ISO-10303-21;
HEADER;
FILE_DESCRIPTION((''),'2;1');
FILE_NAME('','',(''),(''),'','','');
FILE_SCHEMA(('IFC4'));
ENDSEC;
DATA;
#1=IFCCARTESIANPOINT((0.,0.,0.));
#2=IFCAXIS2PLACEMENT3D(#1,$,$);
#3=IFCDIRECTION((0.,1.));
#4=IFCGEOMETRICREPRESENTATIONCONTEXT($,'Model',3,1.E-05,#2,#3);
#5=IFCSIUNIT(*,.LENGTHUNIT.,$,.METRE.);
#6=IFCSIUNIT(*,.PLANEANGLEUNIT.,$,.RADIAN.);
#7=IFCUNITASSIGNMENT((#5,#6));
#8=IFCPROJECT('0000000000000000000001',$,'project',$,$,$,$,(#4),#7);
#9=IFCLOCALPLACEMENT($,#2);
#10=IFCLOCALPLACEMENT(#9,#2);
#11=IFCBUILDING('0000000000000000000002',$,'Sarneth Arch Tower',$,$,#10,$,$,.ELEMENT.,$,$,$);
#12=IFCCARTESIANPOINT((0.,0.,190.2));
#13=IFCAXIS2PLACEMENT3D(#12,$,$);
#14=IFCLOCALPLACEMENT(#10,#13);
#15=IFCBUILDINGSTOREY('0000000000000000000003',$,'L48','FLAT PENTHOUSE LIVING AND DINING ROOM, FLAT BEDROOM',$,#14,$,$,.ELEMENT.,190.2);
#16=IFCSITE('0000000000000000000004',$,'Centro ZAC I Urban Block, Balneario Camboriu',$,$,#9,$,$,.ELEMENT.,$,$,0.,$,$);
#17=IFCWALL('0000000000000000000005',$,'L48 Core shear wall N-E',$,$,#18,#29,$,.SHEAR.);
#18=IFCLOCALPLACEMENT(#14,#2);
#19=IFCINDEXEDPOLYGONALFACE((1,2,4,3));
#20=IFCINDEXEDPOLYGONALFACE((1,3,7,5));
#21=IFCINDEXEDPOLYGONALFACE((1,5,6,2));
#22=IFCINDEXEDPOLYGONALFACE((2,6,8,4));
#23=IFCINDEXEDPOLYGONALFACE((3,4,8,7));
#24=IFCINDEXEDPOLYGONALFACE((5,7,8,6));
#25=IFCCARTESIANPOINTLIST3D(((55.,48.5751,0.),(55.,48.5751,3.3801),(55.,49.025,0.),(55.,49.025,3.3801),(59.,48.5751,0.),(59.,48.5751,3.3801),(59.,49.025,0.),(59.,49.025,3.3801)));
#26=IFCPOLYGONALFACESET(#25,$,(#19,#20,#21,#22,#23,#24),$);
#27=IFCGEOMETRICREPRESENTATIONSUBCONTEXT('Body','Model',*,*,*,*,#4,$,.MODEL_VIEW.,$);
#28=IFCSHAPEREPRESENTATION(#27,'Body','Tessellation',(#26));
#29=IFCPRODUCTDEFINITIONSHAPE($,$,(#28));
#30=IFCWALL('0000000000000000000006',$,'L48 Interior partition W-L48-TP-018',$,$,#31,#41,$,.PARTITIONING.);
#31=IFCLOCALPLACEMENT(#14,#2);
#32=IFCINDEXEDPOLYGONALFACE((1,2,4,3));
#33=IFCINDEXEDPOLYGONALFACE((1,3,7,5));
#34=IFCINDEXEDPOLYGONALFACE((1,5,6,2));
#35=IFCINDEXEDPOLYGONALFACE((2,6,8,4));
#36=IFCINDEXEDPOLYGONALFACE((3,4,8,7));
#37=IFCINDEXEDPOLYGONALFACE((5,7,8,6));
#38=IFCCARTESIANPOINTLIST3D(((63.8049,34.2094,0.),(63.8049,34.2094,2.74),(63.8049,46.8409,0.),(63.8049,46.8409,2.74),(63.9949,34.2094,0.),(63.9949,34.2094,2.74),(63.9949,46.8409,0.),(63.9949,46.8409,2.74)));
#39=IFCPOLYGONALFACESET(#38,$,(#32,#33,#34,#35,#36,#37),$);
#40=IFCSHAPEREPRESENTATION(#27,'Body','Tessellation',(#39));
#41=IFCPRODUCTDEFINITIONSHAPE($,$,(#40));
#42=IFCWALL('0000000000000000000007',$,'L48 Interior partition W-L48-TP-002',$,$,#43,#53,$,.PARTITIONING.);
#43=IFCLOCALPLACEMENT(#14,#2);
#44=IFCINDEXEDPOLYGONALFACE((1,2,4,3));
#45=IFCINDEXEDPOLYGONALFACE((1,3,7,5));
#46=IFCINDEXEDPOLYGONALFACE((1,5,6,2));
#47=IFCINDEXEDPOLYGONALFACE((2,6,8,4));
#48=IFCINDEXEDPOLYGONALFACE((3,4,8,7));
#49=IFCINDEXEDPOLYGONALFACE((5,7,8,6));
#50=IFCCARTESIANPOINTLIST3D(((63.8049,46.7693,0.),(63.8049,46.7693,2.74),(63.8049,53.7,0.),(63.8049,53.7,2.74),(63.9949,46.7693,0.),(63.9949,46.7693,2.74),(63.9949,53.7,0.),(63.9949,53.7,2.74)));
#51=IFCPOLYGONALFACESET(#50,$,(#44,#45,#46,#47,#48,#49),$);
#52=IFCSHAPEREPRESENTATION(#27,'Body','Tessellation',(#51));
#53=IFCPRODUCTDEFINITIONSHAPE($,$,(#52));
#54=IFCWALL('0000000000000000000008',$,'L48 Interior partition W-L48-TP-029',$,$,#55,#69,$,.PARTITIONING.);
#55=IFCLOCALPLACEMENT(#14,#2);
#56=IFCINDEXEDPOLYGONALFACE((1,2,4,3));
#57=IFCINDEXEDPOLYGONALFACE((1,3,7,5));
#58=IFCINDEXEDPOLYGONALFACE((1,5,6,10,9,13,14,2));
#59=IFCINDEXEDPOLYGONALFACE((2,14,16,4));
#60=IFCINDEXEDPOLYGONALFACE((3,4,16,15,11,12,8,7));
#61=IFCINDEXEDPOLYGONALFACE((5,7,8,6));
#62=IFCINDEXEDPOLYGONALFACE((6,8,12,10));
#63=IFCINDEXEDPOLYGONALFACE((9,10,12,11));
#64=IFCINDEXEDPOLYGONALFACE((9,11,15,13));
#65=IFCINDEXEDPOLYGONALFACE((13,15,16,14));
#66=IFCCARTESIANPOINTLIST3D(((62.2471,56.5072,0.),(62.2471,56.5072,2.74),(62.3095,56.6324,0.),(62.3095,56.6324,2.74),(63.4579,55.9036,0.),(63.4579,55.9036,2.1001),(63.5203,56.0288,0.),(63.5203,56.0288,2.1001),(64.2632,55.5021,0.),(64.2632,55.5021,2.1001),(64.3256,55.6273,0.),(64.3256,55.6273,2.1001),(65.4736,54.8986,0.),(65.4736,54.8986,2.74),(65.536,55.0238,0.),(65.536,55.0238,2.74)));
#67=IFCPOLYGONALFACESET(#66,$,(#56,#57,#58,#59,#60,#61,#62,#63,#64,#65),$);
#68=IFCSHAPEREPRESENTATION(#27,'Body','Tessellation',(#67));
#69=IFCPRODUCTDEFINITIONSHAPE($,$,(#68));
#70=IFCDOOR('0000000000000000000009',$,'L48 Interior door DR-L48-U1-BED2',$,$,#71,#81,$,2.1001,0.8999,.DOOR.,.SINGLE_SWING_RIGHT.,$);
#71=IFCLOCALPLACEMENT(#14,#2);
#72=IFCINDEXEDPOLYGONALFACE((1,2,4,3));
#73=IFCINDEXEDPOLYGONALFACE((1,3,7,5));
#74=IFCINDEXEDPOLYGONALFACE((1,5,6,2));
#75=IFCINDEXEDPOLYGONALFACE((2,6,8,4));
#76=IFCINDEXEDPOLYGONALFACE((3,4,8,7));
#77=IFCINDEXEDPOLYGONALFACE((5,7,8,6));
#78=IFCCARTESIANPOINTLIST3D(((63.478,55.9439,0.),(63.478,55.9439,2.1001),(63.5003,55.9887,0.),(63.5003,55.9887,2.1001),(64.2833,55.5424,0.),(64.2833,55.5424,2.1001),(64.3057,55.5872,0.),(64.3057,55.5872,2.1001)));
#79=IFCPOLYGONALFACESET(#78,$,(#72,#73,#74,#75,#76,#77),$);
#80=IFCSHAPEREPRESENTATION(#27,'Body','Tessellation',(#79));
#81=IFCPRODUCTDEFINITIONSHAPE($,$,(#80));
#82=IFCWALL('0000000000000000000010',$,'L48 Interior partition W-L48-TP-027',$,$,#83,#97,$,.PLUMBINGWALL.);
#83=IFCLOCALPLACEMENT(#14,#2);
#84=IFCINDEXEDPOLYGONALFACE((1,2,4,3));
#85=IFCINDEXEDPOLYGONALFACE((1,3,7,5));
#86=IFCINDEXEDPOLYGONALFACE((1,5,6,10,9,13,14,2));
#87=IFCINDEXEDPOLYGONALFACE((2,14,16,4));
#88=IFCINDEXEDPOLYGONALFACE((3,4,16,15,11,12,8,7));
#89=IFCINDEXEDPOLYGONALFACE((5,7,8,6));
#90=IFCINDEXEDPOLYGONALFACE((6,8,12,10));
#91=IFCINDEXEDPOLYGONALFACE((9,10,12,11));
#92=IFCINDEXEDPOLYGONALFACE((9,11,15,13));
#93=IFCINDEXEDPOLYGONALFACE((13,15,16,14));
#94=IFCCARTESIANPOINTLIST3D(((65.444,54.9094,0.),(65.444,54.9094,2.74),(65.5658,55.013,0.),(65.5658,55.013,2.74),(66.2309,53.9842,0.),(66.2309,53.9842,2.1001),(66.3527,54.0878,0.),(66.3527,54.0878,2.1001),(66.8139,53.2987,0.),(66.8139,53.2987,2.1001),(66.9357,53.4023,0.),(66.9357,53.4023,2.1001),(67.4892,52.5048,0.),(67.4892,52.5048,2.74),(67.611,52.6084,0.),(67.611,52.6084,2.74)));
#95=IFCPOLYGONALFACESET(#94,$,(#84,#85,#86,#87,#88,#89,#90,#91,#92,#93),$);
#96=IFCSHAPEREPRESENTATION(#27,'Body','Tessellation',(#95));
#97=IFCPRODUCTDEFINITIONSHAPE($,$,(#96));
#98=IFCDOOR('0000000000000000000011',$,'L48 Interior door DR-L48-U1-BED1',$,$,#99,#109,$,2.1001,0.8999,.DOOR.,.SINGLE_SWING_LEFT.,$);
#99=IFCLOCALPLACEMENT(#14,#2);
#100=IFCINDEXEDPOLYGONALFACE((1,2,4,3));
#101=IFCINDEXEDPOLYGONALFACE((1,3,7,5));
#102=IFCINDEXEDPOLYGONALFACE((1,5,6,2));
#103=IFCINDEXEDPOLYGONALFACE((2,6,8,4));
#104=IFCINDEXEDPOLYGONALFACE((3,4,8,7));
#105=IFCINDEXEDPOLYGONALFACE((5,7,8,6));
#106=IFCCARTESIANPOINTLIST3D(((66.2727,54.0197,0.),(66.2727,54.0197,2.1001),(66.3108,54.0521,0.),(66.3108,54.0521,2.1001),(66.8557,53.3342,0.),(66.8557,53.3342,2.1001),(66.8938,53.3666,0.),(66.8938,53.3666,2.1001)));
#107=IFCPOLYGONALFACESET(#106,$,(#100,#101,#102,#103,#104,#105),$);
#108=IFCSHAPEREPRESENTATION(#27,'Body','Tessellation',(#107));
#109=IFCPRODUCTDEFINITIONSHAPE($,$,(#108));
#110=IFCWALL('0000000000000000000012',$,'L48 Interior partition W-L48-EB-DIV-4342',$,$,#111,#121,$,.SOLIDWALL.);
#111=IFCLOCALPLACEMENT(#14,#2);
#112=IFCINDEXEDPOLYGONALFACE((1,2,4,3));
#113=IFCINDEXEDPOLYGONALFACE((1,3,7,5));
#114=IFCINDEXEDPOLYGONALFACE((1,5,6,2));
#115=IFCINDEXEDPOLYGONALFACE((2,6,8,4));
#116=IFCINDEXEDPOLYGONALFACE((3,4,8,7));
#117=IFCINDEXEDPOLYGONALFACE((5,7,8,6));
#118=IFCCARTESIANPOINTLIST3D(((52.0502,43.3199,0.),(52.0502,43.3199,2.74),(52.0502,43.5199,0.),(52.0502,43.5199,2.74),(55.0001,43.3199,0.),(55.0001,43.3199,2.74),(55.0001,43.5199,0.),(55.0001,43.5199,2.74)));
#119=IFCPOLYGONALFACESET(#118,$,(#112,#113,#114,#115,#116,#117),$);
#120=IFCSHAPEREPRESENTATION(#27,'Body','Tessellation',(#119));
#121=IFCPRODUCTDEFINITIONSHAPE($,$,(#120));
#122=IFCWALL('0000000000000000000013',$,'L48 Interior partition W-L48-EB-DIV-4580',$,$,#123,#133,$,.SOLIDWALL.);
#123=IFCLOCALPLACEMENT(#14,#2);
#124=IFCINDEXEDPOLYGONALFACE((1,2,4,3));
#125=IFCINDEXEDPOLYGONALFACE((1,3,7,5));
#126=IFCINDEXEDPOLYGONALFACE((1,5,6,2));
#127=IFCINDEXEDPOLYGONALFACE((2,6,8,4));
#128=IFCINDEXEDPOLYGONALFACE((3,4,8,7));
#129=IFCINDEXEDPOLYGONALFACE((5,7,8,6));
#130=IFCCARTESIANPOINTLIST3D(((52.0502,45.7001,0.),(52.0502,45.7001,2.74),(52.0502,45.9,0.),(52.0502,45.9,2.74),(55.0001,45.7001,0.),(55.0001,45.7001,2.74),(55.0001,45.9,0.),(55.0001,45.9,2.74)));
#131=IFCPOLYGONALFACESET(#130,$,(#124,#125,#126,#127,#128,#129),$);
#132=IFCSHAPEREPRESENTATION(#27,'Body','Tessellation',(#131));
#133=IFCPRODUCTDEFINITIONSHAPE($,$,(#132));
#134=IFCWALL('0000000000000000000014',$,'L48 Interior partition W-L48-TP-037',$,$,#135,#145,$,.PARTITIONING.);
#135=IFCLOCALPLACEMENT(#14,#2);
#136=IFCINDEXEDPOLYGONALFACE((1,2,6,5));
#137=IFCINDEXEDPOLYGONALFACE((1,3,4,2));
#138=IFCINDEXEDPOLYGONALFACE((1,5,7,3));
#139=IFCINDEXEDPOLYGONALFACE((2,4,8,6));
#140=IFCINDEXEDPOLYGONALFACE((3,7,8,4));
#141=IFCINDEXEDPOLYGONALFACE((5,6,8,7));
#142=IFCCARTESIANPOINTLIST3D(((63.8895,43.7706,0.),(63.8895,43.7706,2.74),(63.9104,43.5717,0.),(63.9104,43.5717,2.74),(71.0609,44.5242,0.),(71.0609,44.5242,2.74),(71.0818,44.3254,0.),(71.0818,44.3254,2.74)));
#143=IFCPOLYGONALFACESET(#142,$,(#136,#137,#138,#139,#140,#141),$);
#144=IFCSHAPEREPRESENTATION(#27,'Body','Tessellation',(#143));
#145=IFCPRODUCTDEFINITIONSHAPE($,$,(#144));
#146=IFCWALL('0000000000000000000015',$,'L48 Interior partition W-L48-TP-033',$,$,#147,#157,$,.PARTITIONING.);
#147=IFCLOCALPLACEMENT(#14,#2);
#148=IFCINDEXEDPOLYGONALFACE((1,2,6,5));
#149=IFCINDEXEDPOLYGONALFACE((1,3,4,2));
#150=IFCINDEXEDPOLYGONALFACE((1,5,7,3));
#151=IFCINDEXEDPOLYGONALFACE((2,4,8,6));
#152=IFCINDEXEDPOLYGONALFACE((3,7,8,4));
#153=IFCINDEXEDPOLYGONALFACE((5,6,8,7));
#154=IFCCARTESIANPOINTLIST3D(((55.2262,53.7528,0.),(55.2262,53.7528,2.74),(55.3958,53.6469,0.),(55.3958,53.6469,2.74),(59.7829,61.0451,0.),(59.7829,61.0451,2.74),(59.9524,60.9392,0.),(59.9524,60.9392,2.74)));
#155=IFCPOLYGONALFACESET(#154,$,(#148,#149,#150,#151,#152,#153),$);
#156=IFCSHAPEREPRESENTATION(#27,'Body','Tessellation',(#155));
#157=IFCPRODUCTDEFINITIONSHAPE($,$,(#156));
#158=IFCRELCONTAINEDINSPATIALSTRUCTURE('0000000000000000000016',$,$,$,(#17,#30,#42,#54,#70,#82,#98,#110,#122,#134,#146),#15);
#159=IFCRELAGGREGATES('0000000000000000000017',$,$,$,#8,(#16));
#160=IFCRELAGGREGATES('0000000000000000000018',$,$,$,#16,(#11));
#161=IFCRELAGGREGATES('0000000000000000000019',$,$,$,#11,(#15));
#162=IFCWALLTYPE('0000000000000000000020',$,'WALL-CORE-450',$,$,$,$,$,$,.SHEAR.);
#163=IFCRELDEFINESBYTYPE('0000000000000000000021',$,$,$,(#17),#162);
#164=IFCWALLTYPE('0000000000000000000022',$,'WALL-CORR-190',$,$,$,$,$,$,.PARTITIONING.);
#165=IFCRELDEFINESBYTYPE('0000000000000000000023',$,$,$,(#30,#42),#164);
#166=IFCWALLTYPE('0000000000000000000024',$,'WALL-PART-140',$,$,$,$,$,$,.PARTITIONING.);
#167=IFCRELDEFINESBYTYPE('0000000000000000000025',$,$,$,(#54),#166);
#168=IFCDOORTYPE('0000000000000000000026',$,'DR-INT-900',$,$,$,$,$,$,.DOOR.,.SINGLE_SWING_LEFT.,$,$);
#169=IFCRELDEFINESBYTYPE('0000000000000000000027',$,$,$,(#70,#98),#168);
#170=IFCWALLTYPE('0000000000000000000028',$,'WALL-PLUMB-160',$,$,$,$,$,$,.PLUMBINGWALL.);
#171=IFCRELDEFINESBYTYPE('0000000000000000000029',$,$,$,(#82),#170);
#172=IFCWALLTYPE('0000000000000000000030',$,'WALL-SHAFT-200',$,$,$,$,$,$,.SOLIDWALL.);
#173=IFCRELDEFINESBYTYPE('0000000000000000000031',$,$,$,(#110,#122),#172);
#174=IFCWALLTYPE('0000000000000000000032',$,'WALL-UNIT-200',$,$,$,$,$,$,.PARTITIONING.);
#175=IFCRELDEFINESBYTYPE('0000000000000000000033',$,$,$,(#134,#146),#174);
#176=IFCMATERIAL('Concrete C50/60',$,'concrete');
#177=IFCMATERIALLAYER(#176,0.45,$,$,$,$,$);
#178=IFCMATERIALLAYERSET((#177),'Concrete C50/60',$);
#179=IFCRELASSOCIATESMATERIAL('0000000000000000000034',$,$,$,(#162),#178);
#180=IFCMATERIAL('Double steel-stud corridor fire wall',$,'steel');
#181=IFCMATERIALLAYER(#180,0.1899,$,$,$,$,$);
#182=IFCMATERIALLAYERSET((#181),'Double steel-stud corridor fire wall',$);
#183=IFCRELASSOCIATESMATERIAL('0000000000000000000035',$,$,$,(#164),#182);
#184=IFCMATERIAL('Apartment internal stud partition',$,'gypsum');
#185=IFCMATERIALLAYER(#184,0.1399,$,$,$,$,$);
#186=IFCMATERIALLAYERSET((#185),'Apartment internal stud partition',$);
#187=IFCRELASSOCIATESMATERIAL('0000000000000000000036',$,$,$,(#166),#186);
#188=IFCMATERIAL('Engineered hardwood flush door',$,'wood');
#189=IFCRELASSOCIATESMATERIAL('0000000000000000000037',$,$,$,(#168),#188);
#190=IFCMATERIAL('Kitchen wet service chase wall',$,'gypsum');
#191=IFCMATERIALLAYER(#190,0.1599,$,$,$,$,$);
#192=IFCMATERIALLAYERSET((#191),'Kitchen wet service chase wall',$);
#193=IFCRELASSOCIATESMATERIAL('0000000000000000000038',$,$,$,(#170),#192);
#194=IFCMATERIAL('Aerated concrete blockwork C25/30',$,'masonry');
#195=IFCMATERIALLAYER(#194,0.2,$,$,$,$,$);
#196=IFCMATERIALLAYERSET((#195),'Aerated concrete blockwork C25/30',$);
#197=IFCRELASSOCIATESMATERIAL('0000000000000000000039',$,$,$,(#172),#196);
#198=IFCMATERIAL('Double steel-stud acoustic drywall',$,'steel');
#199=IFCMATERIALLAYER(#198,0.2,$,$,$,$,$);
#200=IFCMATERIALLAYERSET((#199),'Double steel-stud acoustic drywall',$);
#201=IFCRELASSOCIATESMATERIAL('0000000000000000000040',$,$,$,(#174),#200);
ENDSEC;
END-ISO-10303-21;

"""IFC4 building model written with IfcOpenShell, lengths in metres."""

from ifc_helpers import new_model, si_unit, direction, frame, frame_2d, origin, place, context, subcontext, project, spatial, rectangle, extrude, material, layer, layer_set, type_object, element, fill, save


model = new_model("IFC4")

# Units and contexts
model_context = context("Model", 3, precision=1e-05, world=origin(), true_north=direction((0.0, 1.0)))
body_context = subcontext(model_context, "Body", "Model", "MODEL_VIEW")
ifc_project = project(units=[si_unit("LENGTHUNIT", "METRE"), si_unit("PLANEANGLEUNIT", "RADIAN")], contexts=[model_context])

# Site, building, storey
site_placement = place(None, origin())
site = spatial("IfcSite", under=ifc_project, at=site_placement, Name="Centro ZAC I Urban Block, Balneario Camboriu", CompositionType="ELEMENT", RefElevation=0.0)
building_placement = place(site_placement, origin())
building = spatial("IfcBuilding", under=site, at=building_placement, Name="Sarneth Arch Tower", CompositionType="ELEMENT")
storey_placement = place(building_placement, frame((0.0, 0.0, 190.2)))
storey = spatial("IfcBuildingStorey", under=building, at=storey_placement, Name="L48", Description="FLAT PENTHOUSE LIVING AND DINING ROOM, FLAT BEDROOM", CompositionType="ELEMENT", Elevation=190.2)

# Walls
ifc_material_1 = material(Name="Concrete C50/60", Category="concrete")
ifc_layer_1 = layer(ifc_material_1, 0.45)
ifc_layer_set_1 = layer_set([ifc_layer_1], Name="Concrete C50/60")
wall_type_1 = type_object("IfcWallType", Name="WALL-CORE-450", PredefinedType="SHEAR", material=ifc_layer_set_1)
wall_1_placement = place(storey_placement, frame((55.0, 48.8, 0.0), z_axis=(0.0, 0.0, 1.0), x_axis=(1.0, 0.0, 0.0)))
element("IfcWall", 1, at=wall_1_placement, inside=storey, type_object=wall_type_1, Name="L48 Core shear wall N-E", PredefinedType="SHEAR", context=body_context, shape_type="SweptSolid", body=[
    extrude(rectangle(XDim=4.0, YDim=0.45, at=frame_2d((2.0, 0.0))), origin(), (0.0, 0.0, 1.0), 3.3801),
])
ifc_material_2 = material(Name="Double steel-stud corridor fire wall", Category="steel")
ifc_layer_2 = layer(ifc_material_2, 0.1899)
ifc_layer_set_2 = layer_set([ifc_layer_2], Name="Double steel-stud corridor fire wall")
wall_type_2 = type_object("IfcWallType", Name="WALL-CORR-190", PredefinedType="PARTITIONING", material=ifc_layer_set_2)
wall_2_placement = place(storey_placement, frame((63.8999, 46.8411, 0.0), z_axis=(0.0, 0.0, 1.0), x_axis=(0.0, -1.0, 0.0)))
element("IfcWall", 2, at=wall_2_placement, inside=storey, type_object=wall_type_2, Name="L48 Interior partition W-L48-TP-018", PredefinedType="PARTITIONING", context=body_context, shape_type="SweptSolid", body=[
    extrude(rectangle(XDim=12.6316, YDim=0.1899, at=frame_2d((6.3159, 0.0))), origin(), (0.0, 0.0, 1.0), 2.74),
])
wall_3_placement = place(storey_placement, frame((63.8999, 53.7, 0.0), z_axis=(0.0, 0.0, 1.0), x_axis=(0.0, -1.0, 0.0)))
element("IfcWall", 3, at=wall_3_placement, inside=storey, type_object=wall_type_2, Name="L48 Interior partition W-L48-TP-002", PredefinedType="PARTITIONING", context=body_context, shape_type="SweptSolid", body=[
    extrude(rectangle(XDim=6.9307, YDim=0.1899, at=frame_2d((3.4653, 0.0))), origin(), (0.0, 0.0, 1.0), 2.74),
])

# Walls, openings, doors
ifc_material_3 = material(Name="Apartment internal stud partition", Category="gypsum")
ifc_layer_3 = layer(ifc_material_3, 0.1399)
ifc_layer_set_3 = layer_set([ifc_layer_3], Name="Apartment internal stud partition")
wall_type_3 = type_object("IfcWallType", Name="WALL-PART-140", PredefinedType="PARTITIONING", material=ifc_layer_set_3)
wall_4_placement = place(storey_placement, frame((65.5049, 54.9612, 0.0), z_axis=(0.0, 0.0, 1.0), x_axis=(-0.894941, 0.446184, 0.0)))
wall_4 = element("IfcWall", 4, at=wall_4_placement, inside=storey, type_object=wall_type_3, Name="L48 Interior partition W-L48-TP-029", PredefinedType="PARTITIONING", context=body_context, shape_type="SweptSolid", body=[
    extrude(rectangle(XDim=3.6052, YDim=0.1399, at=frame_2d((1.8027, 0.0))), origin(), (0.0, 0.0, 1.0), 2.74),
])
opening_1_placement = place(wall_4_placement, frame((1.3525, 0.0, 0.0)))
opening_1 = element("IfcOpeningElement", 5, at=opening_1_placement, cuts=wall_4, PredefinedType="OPENING", context=body_context, shape_type="SweptSolid", body=[
    extrude(rectangle(XDim=0.8999, YDim=2.1001, at=frame_2d((0.45, 1.05))), frame((0.0, 0.0798, 0.0), z_axis=(0.0, -1.0, 0.0), x_axis=(1.0, 0.0, 0.0)), (0.0, 0.0, 1.0), 0.1599),
])
ifc_material_4 = material(Name="Engineered hardwood flush door", Category="wood")
door_type = type_object("IfcDoorType", Name="DR-INT-900", OperationType="SINGLE_SWING_LEFT", PredefinedType="DOOR", material=ifc_material_4)
door_1_placement = place(opening_1_placement, origin())
door_1 = element("IfcDoor", 6, at=door_1_placement, inside=storey, type_object=door_type, Name="L48 Interior door DR-L48-U1-BED2", OperationType="SINGLE_SWING_RIGHT", OverallHeight=2.1001, OverallWidth=0.8999, PredefinedType="DOOR", context=body_context, shape_type="SweptSolid", body=[
    extrude(rectangle(XDim=0.8999, YDim=2.1001, at=frame_2d((0.45, 1.05))), frame((0.0, 0.0249, 0.0), z_axis=(0.0, -1.0, 0.0), x_axis=(1.0, 0.0, 0.0)), (0.0, 0.0, 1.0), 0.05),
])
fill(opening_1, door_1)
ifc_material_5 = material(Name="Kitchen wet service chase wall", Category="gypsum")
ifc_layer_4 = layer(ifc_material_5, 0.1599)
ifc_layer_set_4 = layer_set([ifc_layer_4], Name="Kitchen wet service chase wall")
wall_type_4 = type_object("IfcWallType", Name="WALL-PLUMB-160", PredefinedType="PLUMBINGWALL", material=ifc_layer_set_4)
wall_5_placement = place(storey_placement, frame((65.5049, 54.9612, 0.0), z_axis=(0.0, 0.0, 1.0), x_axis=(0.647889, -0.761735, 0.0)))
wall_5 = element("IfcWall", 7, at=wall_5_placement, inside=storey, type_object=wall_type_4, Name="L48 Interior partition W-L48-TP-027", PredefinedType="PLUMBINGWALL", context=body_context, shape_type="SweptSolid", body=[
    extrude(rectangle(XDim=3.1567, YDim=0.1599, at=frame_2d((1.5784, 0.0))), origin(), (0.0, 0.0, 1.0), 2.74),
])
opening_2_placement = place(wall_5_placement, frame((1.2146, 0.0, 0.0)))
opening_2 = element("IfcOpeningElement", 8, at=opening_2_placement, cuts=wall_5, PredefinedType="OPENING", context=body_context, shape_type="SweptSolid", body=[
    extrude(rectangle(XDim=0.8999, YDim=2.1001, at=frame_2d((0.45, 1.05))), frame((0.0, 0.0898, 0.0), z_axis=(0.0, -1.0, 0.0), x_axis=(1.0, 0.0, 0.0)), (0.0, 0.0, 1.0), 0.1799),
])
door_2_placement = place(opening_2_placement, origin())
door_2 = element("IfcDoor", 9, at=door_2_placement, inside=storey, type_object=door_type, Name="L48 Interior door DR-L48-U1-BED1", OperationType="SINGLE_SWING_LEFT", OverallHeight=2.1001, OverallWidth=0.8999, PredefinedType="DOOR", context=body_context, shape_type="SweptSolid", body=[
    extrude(rectangle(XDim=0.8999, YDim=2.1001, at=frame_2d((0.45, 1.05))), frame((0.0, 0.0249, 0.0), z_axis=(0.0, -1.0, 0.0), x_axis=(1.0, 0.0, 0.0)), (0.0, 0.0, 1.0), 0.05),
])
fill(opening_2, door_2)

# Walls
ifc_material_6 = material(Name="Aerated concrete blockwork C25/30", Category="masonry")
ifc_layer_5 = layer(ifc_material_6, 0.2)
ifc_layer_set_5 = layer_set([ifc_layer_5], Name="Aerated concrete blockwork C25/30")
wall_type_5 = type_object("IfcWallType", Name="WALL-SHAFT-200", PredefinedType="SOLIDWALL", material=ifc_layer_set_5)
for number, where, z_axis, x_axis, name in (
    (10, (52.05, 43.4199, 0.0), (0.0, 0.0, 1.0), (1.0, 0.0, 0.0), "L48 Interior partition W-L48-EB-DIV-4342"),
    (11, (52.05, 45.8, 0.0), (0.0, 0.0, 1.0), (1.0, 0.0, 0.0), "L48 Interior partition W-L48-EB-DIV-4580"),
):
    element("IfcWall", number, at=place(storey_placement, frame(where, z_axis=z_axis, x_axis=x_axis)), inside=storey, type_object=wall_type_5, Name=name, PredefinedType="SOLIDWALL", context=body_context, shape_type="SweptSolid", body=[
        extrude(rectangle(XDim=2.95, YDim=0.2, at=frame_2d((1.4751, 0.0))), origin(), (0.0, 0.0, 1.0), 2.74),
    ])
ifc_material_7 = material(Name="Double steel-stud acoustic drywall", Category="steel")
ifc_layer_6 = layer(ifc_material_7, 0.2)
ifc_layer_set_6 = layer_set([ifc_layer_6], Name="Double steel-stud acoustic drywall")
wall_type_6 = type_object("IfcWallType", Name="WALL-UNIT-200", PredefinedType="PARTITIONING", material=ifc_layer_set_6)
wall_6_placement = place(storey_placement, frame((63.8999, 43.6711, 0.0), z_axis=(0.0, 0.0, 1.0), x_axis=(0.994523, 0.104517, 0.0)))
element("IfcWall", 12, at=wall_6_placement, inside=storey, type_object=wall_type_6, Name="L48 Interior partition W-L48-TP-037", PredefinedType="PARTITIONING", context=body_context, shape_type="SweptSolid", body=[
    extrude(rectangle(XDim=7.2109, YDim=0.2, at=frame_2d((3.6055, 0.0))), origin(), (0.0, 0.0, 1.0), 2.74),
])
wall_7_placement = place(storey_placement, frame((55.311, 53.7, 0.0), z_axis=(0.0, 0.0, 1.0), x_axis=(0.529915, 0.848051, 0.0)))
element("IfcWall", 13, at=wall_7_placement, inside=storey, type_object=wall_type_6, Name="L48 Interior partition W-L48-TP-033", PredefinedType="PARTITIONING", context=body_context, shape_type="SweptSolid", body=[
    extrude(rectangle(XDim=8.5989, YDim=0.2, at=frame_2d((4.2993, 0.0))), origin(), (0.0, 0.0, 1.0), 2.74),
])

save(model, "model.ifc")
